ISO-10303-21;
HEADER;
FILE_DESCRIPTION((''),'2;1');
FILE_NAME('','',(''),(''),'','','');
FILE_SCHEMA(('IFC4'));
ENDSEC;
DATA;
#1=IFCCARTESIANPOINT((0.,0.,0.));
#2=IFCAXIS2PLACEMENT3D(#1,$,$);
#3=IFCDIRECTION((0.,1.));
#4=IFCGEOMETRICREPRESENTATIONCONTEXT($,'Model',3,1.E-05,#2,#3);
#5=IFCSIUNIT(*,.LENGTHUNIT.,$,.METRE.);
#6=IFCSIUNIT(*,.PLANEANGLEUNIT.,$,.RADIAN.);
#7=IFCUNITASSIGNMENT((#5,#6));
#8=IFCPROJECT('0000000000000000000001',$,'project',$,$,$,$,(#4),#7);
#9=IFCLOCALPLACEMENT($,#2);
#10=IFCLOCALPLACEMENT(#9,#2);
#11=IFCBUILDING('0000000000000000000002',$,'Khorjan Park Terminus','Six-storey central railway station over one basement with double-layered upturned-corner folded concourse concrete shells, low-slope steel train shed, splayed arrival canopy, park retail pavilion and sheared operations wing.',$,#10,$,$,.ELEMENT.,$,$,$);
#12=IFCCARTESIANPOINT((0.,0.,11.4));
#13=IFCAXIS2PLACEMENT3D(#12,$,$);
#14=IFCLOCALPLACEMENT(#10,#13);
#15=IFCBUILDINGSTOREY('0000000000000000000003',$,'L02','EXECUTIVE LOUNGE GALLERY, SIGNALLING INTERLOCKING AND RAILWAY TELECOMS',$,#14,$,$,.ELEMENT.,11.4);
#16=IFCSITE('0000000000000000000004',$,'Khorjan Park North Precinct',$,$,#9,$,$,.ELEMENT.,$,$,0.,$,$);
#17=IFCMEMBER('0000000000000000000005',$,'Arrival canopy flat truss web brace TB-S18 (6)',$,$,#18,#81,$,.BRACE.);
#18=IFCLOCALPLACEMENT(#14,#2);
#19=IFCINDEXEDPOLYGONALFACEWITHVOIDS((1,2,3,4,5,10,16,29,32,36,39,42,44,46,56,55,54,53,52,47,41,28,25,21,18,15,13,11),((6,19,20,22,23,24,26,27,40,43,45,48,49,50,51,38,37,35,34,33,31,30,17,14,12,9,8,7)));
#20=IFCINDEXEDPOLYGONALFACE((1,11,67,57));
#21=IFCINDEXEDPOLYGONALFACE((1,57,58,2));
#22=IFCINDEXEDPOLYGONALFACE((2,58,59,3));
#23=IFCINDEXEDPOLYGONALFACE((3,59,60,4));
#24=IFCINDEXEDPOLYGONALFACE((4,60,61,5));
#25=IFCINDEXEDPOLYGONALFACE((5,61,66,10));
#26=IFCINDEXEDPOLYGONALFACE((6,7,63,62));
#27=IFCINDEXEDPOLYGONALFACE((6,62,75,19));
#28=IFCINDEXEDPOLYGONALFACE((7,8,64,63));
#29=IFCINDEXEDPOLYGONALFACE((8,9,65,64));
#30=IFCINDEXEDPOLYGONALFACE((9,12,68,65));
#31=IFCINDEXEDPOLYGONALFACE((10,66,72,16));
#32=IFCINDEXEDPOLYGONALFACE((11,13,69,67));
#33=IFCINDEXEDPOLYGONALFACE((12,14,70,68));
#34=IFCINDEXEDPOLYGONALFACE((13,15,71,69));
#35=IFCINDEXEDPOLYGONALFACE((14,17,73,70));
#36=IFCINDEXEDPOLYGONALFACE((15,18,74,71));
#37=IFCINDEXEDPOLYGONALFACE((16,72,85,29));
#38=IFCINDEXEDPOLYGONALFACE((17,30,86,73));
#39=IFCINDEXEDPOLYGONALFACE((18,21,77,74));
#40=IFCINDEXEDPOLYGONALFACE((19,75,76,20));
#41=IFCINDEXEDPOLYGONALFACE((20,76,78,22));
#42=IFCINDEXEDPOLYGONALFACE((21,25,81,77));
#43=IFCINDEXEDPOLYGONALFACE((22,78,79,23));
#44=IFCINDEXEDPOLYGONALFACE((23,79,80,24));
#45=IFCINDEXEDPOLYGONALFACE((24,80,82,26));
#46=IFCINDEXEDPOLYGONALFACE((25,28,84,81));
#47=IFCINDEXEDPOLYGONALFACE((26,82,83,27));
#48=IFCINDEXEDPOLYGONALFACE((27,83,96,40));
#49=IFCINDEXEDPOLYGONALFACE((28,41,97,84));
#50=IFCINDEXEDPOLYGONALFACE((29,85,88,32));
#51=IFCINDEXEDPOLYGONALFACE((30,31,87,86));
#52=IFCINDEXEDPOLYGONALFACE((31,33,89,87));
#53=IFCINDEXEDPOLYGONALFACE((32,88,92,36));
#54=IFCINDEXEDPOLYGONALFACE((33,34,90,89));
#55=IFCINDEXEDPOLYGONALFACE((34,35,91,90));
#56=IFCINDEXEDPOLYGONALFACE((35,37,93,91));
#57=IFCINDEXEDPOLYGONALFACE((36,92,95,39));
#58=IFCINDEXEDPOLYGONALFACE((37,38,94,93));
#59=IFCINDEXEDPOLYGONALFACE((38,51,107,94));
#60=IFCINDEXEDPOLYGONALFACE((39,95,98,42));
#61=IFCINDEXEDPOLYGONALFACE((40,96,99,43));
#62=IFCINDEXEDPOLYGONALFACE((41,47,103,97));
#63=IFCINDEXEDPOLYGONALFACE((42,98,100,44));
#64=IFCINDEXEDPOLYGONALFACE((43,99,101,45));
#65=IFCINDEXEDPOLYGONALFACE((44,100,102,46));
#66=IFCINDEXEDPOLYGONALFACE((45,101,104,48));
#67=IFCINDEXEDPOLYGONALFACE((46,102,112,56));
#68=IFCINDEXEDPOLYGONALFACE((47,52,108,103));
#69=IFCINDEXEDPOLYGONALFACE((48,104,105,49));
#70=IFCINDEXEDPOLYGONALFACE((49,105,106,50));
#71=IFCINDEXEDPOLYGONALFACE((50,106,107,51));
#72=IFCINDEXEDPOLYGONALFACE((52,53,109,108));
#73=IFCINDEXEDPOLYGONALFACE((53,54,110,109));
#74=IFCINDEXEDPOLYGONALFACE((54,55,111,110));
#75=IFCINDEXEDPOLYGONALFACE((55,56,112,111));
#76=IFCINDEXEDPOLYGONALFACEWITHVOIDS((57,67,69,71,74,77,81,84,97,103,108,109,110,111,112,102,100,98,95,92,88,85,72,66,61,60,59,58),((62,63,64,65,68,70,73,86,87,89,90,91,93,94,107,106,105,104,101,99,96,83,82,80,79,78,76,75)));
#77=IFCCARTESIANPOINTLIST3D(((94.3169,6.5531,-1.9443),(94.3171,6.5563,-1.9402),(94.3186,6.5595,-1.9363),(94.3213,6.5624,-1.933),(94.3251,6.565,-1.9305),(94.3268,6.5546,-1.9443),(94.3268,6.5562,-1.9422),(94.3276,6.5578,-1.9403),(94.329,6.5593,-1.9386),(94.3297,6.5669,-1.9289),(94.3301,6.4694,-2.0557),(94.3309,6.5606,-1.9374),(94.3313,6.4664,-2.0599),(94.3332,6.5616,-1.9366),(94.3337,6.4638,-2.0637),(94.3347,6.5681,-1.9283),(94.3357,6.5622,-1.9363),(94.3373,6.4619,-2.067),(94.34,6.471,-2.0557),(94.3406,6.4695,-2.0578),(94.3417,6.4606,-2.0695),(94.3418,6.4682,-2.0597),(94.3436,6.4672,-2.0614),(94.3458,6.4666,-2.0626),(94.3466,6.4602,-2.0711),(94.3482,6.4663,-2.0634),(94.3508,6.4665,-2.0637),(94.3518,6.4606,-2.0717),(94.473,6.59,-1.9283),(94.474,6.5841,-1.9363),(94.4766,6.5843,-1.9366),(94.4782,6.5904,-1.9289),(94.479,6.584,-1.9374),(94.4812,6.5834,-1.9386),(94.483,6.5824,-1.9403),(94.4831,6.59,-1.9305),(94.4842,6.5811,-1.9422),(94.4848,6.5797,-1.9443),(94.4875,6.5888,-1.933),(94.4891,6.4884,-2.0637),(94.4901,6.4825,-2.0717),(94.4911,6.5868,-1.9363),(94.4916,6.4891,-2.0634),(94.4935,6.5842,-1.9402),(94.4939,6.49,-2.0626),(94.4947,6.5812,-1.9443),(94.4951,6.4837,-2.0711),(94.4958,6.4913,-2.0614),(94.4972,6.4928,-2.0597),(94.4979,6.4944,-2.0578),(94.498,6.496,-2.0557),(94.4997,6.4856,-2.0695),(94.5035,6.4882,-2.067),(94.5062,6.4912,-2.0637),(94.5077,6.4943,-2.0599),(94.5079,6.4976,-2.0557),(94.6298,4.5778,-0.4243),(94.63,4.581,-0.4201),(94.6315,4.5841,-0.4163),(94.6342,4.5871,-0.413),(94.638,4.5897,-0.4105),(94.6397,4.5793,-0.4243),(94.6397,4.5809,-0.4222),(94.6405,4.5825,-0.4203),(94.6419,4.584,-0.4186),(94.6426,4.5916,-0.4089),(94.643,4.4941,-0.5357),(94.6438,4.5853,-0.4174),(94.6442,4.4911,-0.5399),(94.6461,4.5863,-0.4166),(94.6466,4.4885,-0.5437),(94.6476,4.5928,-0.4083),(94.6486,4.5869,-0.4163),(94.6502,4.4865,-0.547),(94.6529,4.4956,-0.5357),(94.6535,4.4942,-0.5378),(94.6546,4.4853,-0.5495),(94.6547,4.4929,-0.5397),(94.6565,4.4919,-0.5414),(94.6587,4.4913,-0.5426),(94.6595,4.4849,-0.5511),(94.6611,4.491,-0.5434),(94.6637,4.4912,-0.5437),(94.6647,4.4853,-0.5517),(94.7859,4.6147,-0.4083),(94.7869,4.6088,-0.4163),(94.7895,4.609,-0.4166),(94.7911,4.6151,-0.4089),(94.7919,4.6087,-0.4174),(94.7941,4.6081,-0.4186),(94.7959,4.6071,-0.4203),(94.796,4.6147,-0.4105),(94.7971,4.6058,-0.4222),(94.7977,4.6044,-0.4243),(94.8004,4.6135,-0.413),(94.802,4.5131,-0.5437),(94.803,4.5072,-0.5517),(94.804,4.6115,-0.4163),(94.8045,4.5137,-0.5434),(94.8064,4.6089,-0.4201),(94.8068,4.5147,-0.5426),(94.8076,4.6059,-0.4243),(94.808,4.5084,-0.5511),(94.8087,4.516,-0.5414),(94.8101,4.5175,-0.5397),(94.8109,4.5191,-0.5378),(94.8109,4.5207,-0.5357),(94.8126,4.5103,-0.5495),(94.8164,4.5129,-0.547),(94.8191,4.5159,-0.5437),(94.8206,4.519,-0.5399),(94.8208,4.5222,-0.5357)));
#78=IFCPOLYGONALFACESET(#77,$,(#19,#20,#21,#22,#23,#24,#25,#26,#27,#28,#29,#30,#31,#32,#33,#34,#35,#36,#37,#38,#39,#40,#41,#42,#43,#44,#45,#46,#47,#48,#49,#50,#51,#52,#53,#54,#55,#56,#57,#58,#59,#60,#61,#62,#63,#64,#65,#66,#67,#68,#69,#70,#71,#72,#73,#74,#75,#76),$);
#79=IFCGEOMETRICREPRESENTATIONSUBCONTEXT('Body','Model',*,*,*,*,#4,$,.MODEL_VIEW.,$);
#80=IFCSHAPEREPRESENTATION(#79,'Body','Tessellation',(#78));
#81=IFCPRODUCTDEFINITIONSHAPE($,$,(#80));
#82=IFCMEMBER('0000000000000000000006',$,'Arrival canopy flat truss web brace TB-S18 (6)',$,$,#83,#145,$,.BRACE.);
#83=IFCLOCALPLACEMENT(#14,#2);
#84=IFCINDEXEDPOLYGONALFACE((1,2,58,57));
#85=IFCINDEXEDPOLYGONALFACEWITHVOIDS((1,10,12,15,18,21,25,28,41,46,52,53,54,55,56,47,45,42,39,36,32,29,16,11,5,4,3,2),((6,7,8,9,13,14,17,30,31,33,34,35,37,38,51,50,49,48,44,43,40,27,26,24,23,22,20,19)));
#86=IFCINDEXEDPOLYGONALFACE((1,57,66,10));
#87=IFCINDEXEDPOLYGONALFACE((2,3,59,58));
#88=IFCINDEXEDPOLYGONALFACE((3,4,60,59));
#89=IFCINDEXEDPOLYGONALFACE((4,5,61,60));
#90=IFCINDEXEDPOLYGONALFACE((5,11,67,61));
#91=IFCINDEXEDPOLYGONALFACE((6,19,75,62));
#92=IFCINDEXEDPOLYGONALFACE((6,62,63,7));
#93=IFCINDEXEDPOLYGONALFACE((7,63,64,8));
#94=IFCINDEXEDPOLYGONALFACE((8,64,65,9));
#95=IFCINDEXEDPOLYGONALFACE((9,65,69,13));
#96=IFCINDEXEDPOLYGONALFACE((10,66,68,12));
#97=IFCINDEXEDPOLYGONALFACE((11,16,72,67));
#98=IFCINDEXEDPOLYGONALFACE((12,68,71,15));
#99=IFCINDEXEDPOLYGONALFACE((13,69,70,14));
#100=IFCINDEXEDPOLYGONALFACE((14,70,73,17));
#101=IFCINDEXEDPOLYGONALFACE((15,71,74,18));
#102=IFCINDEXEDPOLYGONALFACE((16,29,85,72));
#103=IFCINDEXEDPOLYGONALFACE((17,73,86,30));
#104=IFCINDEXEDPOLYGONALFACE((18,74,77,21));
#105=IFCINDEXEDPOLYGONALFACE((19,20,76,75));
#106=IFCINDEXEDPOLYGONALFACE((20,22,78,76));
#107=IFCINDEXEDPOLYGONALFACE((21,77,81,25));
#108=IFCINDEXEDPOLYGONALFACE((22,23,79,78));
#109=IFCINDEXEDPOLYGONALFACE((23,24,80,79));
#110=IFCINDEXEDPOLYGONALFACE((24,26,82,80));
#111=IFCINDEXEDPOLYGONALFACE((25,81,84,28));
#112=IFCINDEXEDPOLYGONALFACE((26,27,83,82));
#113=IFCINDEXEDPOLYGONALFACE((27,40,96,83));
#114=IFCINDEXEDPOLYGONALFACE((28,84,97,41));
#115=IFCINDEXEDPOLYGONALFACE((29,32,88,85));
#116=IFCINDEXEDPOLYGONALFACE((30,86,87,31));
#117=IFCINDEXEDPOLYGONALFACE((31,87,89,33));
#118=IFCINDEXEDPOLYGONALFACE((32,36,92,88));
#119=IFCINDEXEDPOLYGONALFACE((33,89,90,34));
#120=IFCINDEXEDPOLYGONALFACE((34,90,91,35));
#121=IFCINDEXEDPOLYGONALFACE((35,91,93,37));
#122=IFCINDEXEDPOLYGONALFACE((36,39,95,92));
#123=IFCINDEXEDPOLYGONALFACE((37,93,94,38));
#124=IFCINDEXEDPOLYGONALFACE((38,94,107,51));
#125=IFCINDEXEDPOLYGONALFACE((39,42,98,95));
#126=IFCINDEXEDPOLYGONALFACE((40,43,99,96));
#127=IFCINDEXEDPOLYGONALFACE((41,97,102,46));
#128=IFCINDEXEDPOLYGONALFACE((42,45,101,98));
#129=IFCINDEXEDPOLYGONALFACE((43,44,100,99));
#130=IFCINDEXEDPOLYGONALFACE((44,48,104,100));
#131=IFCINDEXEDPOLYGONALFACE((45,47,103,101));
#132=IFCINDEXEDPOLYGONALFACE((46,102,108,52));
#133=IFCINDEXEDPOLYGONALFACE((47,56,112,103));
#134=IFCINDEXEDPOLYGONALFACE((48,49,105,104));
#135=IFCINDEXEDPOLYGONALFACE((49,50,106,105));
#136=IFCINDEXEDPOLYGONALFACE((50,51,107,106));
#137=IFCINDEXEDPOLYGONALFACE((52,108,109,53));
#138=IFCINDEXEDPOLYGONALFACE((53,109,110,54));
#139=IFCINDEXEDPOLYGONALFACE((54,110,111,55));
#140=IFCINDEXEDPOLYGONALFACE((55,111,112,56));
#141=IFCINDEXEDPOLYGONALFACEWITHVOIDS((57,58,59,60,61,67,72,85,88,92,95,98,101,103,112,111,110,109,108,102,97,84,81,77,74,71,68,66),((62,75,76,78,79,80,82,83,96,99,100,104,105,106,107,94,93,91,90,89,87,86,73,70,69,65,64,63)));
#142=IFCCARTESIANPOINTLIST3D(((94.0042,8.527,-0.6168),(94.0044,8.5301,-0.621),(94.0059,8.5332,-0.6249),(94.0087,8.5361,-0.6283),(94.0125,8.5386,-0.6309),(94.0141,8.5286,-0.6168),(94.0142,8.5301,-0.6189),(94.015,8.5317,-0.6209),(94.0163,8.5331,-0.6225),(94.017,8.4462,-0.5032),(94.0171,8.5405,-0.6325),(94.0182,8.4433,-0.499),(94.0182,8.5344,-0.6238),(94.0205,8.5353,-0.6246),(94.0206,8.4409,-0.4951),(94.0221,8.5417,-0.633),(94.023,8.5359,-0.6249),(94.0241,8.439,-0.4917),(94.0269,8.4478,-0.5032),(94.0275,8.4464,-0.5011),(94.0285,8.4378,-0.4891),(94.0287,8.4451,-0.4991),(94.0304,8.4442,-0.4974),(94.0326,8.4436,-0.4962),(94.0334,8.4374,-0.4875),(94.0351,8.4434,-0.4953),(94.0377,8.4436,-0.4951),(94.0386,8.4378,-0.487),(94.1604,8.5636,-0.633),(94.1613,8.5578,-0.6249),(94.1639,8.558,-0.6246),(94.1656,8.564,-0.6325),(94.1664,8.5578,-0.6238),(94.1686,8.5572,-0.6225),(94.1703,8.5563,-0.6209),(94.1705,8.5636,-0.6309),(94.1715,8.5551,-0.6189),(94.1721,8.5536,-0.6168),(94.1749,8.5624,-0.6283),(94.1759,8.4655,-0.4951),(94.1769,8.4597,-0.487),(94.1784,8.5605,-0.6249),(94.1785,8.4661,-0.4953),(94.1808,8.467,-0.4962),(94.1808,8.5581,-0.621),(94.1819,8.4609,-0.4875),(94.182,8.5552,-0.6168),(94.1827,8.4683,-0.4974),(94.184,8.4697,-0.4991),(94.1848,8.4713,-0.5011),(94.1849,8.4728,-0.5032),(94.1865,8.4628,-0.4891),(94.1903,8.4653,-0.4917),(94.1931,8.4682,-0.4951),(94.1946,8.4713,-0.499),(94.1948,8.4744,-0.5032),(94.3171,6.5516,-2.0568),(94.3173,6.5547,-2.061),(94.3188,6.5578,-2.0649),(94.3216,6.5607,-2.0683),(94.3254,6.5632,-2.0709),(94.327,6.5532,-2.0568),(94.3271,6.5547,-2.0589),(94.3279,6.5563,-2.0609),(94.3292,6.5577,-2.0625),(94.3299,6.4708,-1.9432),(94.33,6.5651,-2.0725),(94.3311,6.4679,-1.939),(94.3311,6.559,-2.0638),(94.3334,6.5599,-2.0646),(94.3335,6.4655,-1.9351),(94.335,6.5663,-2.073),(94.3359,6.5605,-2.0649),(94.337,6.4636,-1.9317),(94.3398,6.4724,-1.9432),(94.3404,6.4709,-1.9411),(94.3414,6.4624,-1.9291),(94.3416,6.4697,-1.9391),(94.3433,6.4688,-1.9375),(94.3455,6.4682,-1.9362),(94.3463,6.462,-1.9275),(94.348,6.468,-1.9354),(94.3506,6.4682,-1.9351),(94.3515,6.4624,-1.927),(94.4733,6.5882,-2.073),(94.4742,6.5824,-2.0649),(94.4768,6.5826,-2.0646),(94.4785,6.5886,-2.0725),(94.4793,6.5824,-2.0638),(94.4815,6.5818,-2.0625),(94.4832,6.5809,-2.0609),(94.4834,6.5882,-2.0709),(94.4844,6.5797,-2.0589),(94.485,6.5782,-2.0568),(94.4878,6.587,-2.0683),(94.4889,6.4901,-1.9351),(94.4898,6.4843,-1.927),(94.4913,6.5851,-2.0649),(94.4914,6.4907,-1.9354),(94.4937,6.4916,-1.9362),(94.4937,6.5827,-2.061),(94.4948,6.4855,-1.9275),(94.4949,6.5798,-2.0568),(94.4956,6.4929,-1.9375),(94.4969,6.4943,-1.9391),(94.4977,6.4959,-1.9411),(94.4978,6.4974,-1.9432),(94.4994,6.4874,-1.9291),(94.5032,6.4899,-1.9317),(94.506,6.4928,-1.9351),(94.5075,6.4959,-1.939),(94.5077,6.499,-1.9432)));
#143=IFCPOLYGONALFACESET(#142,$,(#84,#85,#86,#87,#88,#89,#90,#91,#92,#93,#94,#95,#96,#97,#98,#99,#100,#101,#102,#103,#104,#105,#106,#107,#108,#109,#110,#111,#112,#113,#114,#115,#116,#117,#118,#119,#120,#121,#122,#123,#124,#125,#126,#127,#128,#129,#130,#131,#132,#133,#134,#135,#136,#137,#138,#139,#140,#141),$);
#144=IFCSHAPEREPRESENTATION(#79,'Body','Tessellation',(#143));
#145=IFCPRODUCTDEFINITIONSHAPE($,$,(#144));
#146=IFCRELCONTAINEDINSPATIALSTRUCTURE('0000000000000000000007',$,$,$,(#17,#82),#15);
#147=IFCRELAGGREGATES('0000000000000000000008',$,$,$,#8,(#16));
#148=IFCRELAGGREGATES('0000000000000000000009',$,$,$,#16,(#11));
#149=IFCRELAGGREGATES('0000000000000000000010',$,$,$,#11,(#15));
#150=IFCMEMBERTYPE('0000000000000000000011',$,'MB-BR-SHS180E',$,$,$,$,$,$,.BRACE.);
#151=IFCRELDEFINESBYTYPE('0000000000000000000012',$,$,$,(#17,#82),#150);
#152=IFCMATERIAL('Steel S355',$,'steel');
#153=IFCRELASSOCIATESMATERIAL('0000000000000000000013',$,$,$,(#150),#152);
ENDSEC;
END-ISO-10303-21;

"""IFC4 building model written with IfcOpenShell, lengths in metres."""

from ifc_helpers import new_model, si_unit, direction, frame, origin, origin_2d, place, context, subcontext, project, spatial, hollow_rectangle, extrude, material, material_profile, profile_set, type_object, element, save


model = new_model("IFC4")

# Units and contexts
model_context = context("Model", 3, precision=1e-05, world=origin(), true_north=direction((0.0, 1.0)))
body_context = subcontext(model_context, "Body", "Model", "MODEL_VIEW")
ifc_project = project(units=[si_unit("LENGTHUNIT", "METRE"), si_unit("PLANEANGLEUNIT", "RADIAN")], contexts=[model_context])

# Site, building, storey
site_placement = place(None, origin())
site = spatial("IfcSite", under=ifc_project, at=site_placement, Name="Khorjan Park North Precinct", CompositionType="ELEMENT", RefElevation=0.0)
building_placement = place(site_placement, origin())
building = spatial("IfcBuilding", under=site, at=building_placement, Name="Khorjan Park Terminus", Description="Six-storey central railway station over one basement with double-layered upturned-corner folded concourse concrete shells, low-slope steel train shed, splayed arrival canopy, park retail pavilion and sheared operations wing.", CompositionType="ELEMENT")
storey_placement = place(building_placement, frame((0.0, 0.0, 11.4)))
storey = spatial("IfcBuildingStorey", under=building, at=storey_placement, Name="L02", Description="EXECUTIVE LOUNGE GALLERY, SIGNALLING INTERLOCKING AND RAILWAY TELECOMS", CompositionType="ELEMENT", Elevation=11.4)

# Members
ifc_material = material(Name="Steel S355", Category="steel")
ifc_material_profile_1 = material_profile(ifc_material, hollow_rectangle(XDim=0.18, YDim=0.18, WallThickness=0.01, InnerFilletRadius=0.01, OuterFilletRadius=0.02, at=origin_2d()), Name="SHS 180x180x10")
ifc_profile_set_1 = profile_set([ifc_material_profile_1], Name="Steel S355")
member_type_1 = type_object("IfcMemberType", Name="MB-BR-SHS180E", PredefinedType="BRACE", material=ifc_profile_set_1)
member_1_placement = place(storey_placement, frame((94.7253, 4.55, -0.48), z_axis=(-0.124562, 0.786347, -0.605097), x_axis=(-0.987685, -0.156456, 0.0)))
element("IfcMember", 1, at=member_1_placement, inside=storey, type_object=member_type_1, Name="Arrival canopy flat truss web brace TB-S18 (6)", PredefinedType="BRACE", context=body_context, shape_type="SweptSolid", body=[
    extrude(hollow_rectangle(XDim=0.18, YDim=0.18, WallThickness=0.01, InnerFilletRadius=0.01, OuterFilletRadius=0.02, at=origin_2d()), origin(), (0.0, 0.0, 1.0), 2.512),
])
for number, where, z_axis, x_axis, name in (
    (2, (94.4124, 6.5253, -2.0), (-0.126963, 0.801545, 0.584299), (-0.987686, -0.156448, 0.0), "Arrival canopy flat truss web brace TB-S18 (6)"),
):
    element("IfcMember", number, at=place(storey_placement, frame(where, z_axis=z_axis, x_axis=x_axis)), inside=storey, type_object=member_type_1, Name=name, PredefinedType="BRACE", context=body_context, shape_type="SweptSolid", body=[
        extrude(hollow_rectangle(XDim=0.18, YDim=0.18, WallThickness=0.01, InnerFilletRadius=0.01, OuterFilletRadius=0.02, at=origin_2d()), origin(), (0.0, 0.0, 1.0), 2.4645),
    ])

save(model, "model.ifc")
